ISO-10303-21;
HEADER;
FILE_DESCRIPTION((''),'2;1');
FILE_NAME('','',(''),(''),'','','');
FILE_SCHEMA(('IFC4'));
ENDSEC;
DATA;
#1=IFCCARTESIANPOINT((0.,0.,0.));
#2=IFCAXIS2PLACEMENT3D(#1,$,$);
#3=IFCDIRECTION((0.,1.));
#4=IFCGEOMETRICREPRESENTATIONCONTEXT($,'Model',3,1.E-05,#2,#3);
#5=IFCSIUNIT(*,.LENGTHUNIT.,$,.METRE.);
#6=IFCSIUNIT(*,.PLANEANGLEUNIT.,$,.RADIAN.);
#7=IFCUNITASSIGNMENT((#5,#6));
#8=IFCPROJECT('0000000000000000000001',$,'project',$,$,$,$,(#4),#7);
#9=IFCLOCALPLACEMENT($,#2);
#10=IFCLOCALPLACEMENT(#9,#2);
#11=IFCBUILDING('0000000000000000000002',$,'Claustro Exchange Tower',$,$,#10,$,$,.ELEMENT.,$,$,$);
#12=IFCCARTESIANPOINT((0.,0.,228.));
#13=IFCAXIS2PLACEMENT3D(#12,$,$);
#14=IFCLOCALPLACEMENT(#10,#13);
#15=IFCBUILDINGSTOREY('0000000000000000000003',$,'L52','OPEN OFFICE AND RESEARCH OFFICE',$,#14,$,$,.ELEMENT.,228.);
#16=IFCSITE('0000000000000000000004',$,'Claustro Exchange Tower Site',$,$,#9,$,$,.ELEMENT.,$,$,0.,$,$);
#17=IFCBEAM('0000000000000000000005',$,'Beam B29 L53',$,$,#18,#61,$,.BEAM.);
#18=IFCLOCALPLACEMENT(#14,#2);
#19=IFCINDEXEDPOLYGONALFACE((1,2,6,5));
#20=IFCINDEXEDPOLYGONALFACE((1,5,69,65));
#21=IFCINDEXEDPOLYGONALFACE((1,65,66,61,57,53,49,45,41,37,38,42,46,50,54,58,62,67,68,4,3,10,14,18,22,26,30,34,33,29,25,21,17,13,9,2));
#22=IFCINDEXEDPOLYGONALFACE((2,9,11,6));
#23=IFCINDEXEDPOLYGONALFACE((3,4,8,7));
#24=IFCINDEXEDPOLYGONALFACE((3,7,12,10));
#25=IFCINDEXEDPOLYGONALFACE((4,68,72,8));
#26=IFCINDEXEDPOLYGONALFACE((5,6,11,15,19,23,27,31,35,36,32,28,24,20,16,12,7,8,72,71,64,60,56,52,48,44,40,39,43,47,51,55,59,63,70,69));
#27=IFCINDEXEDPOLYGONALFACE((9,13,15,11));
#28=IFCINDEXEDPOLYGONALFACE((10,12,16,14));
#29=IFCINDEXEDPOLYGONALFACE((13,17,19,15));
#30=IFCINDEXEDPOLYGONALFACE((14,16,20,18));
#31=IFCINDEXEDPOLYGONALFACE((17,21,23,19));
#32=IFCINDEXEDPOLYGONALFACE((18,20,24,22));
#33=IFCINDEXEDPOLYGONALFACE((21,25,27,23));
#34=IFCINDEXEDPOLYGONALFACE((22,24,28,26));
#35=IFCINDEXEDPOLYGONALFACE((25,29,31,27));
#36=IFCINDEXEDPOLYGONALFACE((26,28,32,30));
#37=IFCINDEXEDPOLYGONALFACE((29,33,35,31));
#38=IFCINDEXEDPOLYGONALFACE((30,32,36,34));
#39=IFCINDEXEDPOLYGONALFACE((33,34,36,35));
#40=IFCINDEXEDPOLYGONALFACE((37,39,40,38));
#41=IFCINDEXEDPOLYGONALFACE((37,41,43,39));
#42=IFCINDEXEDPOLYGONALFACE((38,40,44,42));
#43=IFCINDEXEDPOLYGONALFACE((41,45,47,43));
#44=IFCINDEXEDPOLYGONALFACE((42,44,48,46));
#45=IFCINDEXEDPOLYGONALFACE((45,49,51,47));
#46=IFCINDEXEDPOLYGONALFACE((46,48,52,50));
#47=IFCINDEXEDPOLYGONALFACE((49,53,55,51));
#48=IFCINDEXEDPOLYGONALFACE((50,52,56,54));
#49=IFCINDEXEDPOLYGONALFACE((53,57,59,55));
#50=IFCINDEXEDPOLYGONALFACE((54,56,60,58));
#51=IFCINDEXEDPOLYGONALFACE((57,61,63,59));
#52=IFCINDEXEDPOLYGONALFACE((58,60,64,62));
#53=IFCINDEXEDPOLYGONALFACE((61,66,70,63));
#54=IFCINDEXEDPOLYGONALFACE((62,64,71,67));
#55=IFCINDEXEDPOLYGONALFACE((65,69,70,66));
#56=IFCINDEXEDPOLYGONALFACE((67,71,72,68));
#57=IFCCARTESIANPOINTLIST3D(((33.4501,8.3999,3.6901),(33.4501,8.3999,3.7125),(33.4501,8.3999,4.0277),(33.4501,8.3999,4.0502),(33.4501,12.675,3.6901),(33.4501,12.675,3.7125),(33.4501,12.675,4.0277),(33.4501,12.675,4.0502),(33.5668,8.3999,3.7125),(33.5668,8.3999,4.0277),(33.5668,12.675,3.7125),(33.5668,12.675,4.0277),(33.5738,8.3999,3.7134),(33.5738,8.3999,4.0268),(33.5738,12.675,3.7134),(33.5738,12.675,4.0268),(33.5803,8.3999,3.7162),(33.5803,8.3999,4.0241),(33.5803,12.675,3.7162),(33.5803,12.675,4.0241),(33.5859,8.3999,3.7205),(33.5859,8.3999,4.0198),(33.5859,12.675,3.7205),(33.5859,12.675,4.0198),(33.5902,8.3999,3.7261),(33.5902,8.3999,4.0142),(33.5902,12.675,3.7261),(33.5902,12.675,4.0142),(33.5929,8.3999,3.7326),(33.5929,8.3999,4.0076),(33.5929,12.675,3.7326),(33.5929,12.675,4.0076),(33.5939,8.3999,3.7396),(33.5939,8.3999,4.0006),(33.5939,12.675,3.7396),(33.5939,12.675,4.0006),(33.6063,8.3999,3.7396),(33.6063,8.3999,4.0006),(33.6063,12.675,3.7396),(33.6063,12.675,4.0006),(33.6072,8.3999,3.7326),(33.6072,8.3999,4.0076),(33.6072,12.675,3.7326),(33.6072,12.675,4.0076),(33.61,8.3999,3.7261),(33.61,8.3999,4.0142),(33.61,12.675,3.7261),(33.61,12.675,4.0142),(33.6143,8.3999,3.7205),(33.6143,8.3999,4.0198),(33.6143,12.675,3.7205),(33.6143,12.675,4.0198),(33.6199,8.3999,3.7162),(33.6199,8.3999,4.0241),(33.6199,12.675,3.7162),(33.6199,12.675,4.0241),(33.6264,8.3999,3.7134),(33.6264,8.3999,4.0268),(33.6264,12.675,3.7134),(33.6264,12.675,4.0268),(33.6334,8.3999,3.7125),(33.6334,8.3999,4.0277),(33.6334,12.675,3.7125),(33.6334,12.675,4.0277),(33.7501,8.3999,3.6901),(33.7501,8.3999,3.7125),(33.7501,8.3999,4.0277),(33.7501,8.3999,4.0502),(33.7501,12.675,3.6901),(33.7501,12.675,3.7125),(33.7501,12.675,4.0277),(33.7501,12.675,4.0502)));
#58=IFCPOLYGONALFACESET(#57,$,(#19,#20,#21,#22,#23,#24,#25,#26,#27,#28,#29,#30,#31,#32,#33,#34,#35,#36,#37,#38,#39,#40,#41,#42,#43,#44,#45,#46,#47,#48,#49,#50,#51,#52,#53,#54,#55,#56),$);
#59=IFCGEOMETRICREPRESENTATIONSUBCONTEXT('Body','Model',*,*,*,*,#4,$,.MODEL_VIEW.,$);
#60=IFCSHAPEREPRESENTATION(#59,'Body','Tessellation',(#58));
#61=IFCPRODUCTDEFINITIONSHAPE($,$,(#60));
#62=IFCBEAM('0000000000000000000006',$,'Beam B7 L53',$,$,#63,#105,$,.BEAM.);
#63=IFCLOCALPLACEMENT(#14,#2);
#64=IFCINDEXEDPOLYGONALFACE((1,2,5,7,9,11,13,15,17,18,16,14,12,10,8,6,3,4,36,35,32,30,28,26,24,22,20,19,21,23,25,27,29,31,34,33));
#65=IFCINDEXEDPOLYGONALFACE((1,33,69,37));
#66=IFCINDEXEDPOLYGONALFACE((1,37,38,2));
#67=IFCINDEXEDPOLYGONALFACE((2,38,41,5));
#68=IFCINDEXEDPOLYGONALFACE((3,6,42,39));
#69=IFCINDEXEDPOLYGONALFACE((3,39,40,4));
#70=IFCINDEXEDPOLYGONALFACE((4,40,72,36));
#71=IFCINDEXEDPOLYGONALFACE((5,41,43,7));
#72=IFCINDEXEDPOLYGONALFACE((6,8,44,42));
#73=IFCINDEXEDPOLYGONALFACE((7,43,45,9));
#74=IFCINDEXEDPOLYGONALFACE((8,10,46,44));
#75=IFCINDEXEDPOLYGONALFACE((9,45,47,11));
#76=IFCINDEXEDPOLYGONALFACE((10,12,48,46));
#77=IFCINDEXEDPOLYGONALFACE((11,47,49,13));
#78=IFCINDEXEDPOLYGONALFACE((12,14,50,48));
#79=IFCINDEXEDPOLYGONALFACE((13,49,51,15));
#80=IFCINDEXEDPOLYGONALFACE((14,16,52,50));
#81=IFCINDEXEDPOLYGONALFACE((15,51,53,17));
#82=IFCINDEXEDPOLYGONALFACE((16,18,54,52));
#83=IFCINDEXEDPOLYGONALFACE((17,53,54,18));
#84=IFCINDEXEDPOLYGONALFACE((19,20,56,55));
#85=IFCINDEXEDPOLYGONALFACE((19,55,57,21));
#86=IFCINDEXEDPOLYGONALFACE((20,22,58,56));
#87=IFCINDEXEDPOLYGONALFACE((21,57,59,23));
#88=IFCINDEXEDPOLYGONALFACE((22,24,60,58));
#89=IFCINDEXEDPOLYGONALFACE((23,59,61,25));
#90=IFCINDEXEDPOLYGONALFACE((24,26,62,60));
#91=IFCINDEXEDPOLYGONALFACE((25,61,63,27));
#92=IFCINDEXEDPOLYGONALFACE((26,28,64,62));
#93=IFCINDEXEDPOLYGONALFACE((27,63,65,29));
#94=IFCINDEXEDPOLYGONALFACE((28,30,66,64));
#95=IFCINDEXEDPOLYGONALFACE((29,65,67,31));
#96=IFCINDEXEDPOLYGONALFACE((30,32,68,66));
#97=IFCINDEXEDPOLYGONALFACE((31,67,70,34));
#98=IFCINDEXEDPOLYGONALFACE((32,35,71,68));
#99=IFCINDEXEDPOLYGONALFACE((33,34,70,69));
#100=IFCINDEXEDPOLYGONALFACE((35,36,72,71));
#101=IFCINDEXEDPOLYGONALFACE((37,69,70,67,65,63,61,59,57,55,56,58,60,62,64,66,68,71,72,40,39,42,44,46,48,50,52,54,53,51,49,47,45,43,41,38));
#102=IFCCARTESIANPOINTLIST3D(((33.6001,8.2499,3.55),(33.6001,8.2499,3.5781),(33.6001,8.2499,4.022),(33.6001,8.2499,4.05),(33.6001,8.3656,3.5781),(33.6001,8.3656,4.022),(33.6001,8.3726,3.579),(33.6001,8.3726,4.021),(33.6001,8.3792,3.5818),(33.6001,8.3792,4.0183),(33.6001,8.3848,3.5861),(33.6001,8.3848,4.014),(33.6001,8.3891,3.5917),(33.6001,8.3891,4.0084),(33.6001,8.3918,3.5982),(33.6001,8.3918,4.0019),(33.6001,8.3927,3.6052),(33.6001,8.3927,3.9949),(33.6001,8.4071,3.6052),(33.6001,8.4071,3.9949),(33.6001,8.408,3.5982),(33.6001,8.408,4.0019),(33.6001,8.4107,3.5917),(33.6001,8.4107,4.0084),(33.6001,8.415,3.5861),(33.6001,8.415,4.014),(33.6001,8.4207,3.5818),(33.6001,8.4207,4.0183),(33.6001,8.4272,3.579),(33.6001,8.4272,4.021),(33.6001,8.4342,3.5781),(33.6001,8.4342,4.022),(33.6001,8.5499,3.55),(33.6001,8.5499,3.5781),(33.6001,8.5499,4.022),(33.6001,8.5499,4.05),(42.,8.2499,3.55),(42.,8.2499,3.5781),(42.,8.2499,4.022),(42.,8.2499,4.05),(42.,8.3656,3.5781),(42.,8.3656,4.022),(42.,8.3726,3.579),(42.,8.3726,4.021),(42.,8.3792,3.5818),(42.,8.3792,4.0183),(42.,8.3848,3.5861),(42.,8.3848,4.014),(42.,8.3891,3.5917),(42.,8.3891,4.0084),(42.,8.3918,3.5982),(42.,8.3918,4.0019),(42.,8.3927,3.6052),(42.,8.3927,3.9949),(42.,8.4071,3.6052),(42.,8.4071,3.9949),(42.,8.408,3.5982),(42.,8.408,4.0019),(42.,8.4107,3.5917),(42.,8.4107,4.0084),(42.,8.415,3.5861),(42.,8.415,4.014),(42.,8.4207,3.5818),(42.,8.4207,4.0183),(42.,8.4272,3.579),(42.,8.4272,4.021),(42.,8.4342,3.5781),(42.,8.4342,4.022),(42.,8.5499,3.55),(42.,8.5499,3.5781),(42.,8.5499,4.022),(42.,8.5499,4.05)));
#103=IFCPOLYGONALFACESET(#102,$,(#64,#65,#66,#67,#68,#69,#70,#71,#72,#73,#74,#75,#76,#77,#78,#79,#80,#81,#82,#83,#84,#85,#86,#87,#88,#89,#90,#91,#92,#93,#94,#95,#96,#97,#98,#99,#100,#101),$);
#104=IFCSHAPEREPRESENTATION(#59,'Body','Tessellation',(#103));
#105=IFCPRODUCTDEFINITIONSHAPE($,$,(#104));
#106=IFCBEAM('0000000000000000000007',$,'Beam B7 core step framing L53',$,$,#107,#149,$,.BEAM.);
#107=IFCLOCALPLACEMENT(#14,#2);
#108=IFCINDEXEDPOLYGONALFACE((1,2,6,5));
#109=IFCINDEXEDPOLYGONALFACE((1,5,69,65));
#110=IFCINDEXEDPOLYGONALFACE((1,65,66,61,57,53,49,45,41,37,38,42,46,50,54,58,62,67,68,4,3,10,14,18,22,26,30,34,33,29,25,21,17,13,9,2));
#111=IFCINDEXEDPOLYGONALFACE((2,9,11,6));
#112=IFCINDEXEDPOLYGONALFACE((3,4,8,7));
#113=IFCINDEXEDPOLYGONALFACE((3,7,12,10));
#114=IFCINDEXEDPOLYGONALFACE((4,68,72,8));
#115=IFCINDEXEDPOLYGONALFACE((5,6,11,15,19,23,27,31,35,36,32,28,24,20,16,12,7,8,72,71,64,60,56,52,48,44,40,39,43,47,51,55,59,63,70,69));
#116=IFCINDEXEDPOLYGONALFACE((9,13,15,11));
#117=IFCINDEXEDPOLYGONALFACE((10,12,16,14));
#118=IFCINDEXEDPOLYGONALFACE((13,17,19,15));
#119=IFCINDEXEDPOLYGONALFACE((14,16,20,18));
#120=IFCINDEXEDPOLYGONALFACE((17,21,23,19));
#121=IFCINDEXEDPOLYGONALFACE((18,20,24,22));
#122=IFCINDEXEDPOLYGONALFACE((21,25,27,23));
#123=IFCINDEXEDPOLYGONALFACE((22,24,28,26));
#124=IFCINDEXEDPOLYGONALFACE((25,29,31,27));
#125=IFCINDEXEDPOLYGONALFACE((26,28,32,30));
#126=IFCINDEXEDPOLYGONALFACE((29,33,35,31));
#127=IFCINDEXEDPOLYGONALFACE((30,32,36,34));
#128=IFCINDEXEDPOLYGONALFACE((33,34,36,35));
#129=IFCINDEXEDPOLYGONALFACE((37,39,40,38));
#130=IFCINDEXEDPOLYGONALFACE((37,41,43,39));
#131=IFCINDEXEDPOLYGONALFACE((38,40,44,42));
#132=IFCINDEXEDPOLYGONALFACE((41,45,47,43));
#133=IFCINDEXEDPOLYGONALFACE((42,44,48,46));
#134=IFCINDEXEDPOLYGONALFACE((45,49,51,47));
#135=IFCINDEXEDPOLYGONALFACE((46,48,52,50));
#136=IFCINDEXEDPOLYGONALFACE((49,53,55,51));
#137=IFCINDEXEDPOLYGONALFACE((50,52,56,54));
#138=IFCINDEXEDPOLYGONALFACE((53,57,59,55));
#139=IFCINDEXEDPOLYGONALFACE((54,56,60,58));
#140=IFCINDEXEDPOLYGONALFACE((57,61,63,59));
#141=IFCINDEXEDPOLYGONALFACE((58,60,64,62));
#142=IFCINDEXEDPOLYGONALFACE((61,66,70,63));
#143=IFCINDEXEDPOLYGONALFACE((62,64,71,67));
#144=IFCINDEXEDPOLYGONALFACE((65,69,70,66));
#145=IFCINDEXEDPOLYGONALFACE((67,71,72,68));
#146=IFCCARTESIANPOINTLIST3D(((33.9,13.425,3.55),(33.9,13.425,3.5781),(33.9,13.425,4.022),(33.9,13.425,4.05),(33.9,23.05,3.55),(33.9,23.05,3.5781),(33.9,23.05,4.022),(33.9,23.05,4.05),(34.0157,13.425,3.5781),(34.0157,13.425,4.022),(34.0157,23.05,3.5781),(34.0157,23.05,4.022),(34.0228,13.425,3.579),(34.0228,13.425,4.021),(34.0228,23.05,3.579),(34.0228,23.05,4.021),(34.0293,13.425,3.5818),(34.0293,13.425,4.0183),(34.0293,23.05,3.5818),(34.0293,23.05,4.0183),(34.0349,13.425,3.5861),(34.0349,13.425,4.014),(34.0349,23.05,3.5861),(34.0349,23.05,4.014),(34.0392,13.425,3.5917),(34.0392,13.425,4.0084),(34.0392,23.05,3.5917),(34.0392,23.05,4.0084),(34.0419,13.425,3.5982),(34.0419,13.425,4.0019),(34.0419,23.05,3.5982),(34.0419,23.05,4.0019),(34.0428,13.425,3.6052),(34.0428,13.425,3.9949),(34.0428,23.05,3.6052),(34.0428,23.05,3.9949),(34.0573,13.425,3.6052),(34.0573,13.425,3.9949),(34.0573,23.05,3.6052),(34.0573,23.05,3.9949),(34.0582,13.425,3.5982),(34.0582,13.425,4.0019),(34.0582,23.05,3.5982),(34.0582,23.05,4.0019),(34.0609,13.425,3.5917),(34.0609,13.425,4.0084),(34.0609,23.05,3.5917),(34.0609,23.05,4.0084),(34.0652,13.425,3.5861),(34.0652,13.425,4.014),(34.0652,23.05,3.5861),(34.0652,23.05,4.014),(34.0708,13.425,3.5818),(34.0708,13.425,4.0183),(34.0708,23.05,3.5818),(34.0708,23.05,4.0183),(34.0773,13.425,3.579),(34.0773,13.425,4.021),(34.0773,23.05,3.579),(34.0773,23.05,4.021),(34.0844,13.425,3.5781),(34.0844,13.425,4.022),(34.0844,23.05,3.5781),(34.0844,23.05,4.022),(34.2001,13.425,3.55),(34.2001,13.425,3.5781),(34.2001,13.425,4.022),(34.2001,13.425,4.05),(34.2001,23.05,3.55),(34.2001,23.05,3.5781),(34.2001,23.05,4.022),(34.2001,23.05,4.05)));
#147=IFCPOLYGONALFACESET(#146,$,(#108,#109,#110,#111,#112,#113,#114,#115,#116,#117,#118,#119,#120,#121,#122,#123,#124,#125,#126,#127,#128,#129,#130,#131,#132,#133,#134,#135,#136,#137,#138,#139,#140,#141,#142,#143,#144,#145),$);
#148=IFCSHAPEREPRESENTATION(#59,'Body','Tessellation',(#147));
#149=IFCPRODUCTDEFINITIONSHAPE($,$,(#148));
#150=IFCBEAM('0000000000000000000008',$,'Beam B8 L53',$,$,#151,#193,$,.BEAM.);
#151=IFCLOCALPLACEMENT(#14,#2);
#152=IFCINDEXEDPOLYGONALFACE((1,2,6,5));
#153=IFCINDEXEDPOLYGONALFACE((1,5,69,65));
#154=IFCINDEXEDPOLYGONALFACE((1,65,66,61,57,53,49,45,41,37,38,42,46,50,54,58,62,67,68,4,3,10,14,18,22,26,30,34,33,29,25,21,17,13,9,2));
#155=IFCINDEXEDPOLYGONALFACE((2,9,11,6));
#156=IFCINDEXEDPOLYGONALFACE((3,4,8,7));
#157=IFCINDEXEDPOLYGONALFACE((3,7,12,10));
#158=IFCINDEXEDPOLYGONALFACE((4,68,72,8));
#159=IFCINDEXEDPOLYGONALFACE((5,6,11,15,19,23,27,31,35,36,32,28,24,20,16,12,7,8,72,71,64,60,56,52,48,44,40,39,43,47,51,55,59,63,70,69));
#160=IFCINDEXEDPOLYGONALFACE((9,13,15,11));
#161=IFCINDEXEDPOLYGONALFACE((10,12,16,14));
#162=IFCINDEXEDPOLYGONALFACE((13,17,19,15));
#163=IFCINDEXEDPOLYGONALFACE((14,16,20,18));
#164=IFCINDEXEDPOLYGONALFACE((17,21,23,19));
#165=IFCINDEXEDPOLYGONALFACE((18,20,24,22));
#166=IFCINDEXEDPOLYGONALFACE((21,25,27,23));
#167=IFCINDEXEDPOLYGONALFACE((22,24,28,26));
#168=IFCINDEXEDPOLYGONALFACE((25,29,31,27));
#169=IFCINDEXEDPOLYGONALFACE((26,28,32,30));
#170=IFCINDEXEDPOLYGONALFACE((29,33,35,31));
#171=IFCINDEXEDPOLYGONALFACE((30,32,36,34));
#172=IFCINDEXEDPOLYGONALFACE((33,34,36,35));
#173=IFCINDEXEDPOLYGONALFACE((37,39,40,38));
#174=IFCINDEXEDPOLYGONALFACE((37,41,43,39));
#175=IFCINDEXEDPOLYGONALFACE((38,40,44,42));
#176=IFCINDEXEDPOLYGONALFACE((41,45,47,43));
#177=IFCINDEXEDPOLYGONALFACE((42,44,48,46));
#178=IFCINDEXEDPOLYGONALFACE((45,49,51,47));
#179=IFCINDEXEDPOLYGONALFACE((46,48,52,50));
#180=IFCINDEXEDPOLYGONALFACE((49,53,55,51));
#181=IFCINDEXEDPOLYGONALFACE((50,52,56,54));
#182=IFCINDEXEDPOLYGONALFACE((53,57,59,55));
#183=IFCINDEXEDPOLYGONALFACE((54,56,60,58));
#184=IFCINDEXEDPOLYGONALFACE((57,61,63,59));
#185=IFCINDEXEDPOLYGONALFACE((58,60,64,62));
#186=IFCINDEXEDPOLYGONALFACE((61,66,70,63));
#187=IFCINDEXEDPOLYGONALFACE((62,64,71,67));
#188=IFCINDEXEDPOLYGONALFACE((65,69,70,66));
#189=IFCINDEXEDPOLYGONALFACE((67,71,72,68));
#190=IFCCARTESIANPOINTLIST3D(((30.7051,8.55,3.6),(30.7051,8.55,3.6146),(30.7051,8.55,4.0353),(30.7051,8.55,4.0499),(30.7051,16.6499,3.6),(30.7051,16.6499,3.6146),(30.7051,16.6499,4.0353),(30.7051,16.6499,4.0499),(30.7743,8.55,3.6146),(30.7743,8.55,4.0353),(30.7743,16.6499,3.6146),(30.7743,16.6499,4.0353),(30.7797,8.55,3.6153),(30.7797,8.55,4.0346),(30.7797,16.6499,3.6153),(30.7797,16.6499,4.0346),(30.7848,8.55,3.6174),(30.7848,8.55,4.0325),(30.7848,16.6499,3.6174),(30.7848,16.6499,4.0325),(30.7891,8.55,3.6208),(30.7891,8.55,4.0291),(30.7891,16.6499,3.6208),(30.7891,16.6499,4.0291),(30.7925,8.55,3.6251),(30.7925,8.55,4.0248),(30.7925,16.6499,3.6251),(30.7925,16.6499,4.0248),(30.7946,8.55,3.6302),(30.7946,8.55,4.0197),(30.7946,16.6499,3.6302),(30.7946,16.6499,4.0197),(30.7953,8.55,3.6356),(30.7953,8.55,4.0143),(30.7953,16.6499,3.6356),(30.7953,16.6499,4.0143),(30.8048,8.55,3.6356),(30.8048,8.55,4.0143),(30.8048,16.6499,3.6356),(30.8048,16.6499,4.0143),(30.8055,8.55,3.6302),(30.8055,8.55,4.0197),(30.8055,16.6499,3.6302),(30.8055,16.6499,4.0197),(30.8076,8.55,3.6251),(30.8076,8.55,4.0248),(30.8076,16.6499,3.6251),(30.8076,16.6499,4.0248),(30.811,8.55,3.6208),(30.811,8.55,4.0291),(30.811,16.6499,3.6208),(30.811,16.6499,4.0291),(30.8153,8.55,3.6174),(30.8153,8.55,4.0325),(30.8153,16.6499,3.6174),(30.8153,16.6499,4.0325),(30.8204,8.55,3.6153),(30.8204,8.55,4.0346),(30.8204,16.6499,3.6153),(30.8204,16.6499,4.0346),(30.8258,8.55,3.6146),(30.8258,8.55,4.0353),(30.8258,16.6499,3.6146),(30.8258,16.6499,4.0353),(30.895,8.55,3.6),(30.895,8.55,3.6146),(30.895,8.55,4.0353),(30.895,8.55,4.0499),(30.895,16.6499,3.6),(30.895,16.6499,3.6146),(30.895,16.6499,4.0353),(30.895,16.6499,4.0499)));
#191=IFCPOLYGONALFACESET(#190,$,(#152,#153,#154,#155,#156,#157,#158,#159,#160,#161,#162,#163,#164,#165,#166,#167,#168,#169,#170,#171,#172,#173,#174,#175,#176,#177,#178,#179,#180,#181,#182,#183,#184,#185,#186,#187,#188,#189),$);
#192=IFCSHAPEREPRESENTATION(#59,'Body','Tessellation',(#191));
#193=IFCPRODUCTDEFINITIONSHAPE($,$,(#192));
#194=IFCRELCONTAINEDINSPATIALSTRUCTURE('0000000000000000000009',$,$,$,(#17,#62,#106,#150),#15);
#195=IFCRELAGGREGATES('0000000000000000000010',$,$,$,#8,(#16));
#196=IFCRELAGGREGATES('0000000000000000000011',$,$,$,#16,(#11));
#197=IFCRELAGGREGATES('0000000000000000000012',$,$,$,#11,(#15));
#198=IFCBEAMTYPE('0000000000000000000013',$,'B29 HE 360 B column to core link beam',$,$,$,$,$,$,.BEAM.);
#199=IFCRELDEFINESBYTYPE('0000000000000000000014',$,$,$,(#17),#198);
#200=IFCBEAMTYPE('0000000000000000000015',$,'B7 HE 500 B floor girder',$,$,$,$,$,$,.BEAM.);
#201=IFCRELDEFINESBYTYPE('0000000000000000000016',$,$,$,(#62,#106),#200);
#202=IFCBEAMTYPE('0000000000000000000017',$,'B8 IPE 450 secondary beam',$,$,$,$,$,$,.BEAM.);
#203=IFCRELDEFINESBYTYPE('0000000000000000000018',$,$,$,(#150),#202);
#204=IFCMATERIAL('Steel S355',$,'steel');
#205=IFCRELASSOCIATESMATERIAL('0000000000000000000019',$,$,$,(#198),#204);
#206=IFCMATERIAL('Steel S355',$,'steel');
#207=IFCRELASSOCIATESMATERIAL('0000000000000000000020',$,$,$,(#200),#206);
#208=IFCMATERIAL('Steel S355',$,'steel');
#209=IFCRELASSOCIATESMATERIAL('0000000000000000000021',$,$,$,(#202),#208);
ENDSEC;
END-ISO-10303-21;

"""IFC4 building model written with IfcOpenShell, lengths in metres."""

from ifc_helpers import new_model, si_unit, direction, frame, origin, origin_2d, place, context, subcontext, project, spatial, i_section, extrude, material, material_profile, profile_set, type_object, element, save


model = new_model("IFC4")

# Units and contexts
model_context = context("Model", 3, precision=1e-05, world=origin(), true_north=direction((0.0, 1.0)))
body_context = subcontext(model_context, "Body", "Model", "MODEL_VIEW")
ifc_project = project(units=[si_unit("LENGTHUNIT", "METRE"), si_unit("PLANEANGLEUNIT", "RADIAN")], contexts=[model_context])

# Site, building, storey
site_placement = place(None, origin())
site = spatial("IfcSite", under=ifc_project, at=site_placement, Name="Claustro Exchange Tower Site", CompositionType="ELEMENT", RefElevation=0.0)
building_placement = place(site_placement, origin())
building = spatial("IfcBuilding", under=site, at=building_placement, Name="Claustro Exchange Tower", CompositionType="ELEMENT")
storey_placement = place(building_placement, frame((0.0, 0.0, 228.0)))
storey = spatial("IfcBuildingStorey", under=building, at=storey_placement, Name="L52", Description="OPEN OFFICE AND RESEARCH OFFICE", CompositionType="ELEMENT", Elevation=228.0)

# Beams
ifc_material_1 = material(Name="Steel S355", Category="steel")
ifc_material_profile_1 = material_profile(ifc_material_1, i_section(OverallWidth=0.3, OverallDepth=0.3601, WebThickness=0.0125, FlangeThickness=0.0225, FilletRadius=0.0271, at=origin_2d()), Name="HE 360 B")
ifc_profile_set_1 = profile_set([ifc_material_profile_1], Name="Steel S355")
beam_type_1 = type_object("IfcBeamType", Name="B29 HE 360 B column to core link beam", PredefinedType="BEAM", material=ifc_profile_set_1)
beam_1_placement = place(storey_placement, frame((33.6001, 8.3999, 3.8701), z_axis=(0.0, 1.0, 0.0), x_axis=(-1.0, 0.0, 0.0)))
element("IfcBeam", 1, at=beam_1_placement, inside=storey, type_object=beam_type_1, Name="Beam B29 L53", PredefinedType="BEAM", context=body_context, shape_type="SweptSolid", body=[
    extrude(i_section(OverallWidth=0.3, OverallDepth=0.3601, WebThickness=0.0125, FlangeThickness=0.0225, FilletRadius=0.0271, at=origin_2d()), origin(), (0.0, 0.0, 1.0), 4.2751),
])
ifc_material_2 = material(Name="Steel S355", Category="steel")
ifc_material_profile_2 = material_profile(ifc_material_2, i_section(OverallWidth=0.3, OverallDepth=0.5, WebThickness=0.0144, FlangeThickness=0.0281, FilletRadius=0.0271, at=origin_2d()), Name="HE 500 B")
ifc_profile_set_2 = profile_set([ifc_material_profile_2], Name="Steel S355")
beam_type_2 = type_object("IfcBeamType", Name="B7 HE 500 B floor girder", PredefinedType="BEAM", material=ifc_profile_set_2)
beam_2_placement = place(storey_placement, frame((33.6001, 8.3999, 3.8), z_axis=(1.0, 0.0, 0.0), x_axis=(0.0, 1.0, 0.0)))
element("IfcBeam", 2, at=beam_2_placement, inside=storey, type_object=beam_type_2, Name="Beam B7 L53", PredefinedType="BEAM", context=body_context, shape_type="SweptSolid", body=[
    extrude(i_section(OverallWidth=0.3, OverallDepth=0.5, WebThickness=0.0144, FlangeThickness=0.0281, FilletRadius=0.0271, at=origin_2d()), origin(), (0.0, 0.0, 1.0), 8.3999),
])
beam_3_placement = place(storey_placement, frame((34.05, 13.425, 3.8), z_axis=(0.0, 1.0, 0.0), x_axis=(-1.0, 0.0, 0.0)))
element("IfcBeam", 3, at=beam_3_placement, inside=storey, type_object=beam_type_2, Name="Beam B7 core step framing L53", PredefinedType="BEAM", context=body_context, shape_type="SweptSolid", body=[
    extrude(i_section(OverallWidth=0.3, OverallDepth=0.5, WebThickness=0.0144, FlangeThickness=0.0281, FilletRadius=0.0271, at=origin_2d()), origin(), (0.0, 0.0, 1.0), 9.625),
])
ifc_material_3 = material(Name="Steel S355", Category="steel")
ifc_material_profile_3 = material_profile(ifc_material_3, i_section(OverallWidth=0.1899, OverallDepth=0.45, WebThickness=0.0095, FlangeThickness=0.0146, FilletRadius=0.021, at=origin_2d()), Name="IPE 450")
ifc_profile_set_3 = profile_set([ifc_material_profile_3], Name="Steel S355")
beam_type_3 = type_object("IfcBeamType", Name="B8 IPE 450 secondary beam", PredefinedType="BEAM", material=ifc_profile_set_3)
beam_4_placement = place(storey_placement, frame((30.8, 8.55, 3.825), z_axis=(0.0, 1.0, 0.0), x_axis=(-1.0, 0.0, 0.0)))
element("IfcBeam", 4, at=beam_4_placement, inside=storey, type_object=beam_type_3, Name="Beam B8 L53", PredefinedType="BEAM", context=body_context, shape_type="SweptSolid", body=[
    extrude(i_section(OverallWidth=0.1899, OverallDepth=0.45, WebThickness=0.0095, FlangeThickness=0.0146, FilletRadius=0.021, at=origin_2d()), origin(), (0.0, 0.0, 1.0), 8.0999),
])

save(model, "model.ifc")
